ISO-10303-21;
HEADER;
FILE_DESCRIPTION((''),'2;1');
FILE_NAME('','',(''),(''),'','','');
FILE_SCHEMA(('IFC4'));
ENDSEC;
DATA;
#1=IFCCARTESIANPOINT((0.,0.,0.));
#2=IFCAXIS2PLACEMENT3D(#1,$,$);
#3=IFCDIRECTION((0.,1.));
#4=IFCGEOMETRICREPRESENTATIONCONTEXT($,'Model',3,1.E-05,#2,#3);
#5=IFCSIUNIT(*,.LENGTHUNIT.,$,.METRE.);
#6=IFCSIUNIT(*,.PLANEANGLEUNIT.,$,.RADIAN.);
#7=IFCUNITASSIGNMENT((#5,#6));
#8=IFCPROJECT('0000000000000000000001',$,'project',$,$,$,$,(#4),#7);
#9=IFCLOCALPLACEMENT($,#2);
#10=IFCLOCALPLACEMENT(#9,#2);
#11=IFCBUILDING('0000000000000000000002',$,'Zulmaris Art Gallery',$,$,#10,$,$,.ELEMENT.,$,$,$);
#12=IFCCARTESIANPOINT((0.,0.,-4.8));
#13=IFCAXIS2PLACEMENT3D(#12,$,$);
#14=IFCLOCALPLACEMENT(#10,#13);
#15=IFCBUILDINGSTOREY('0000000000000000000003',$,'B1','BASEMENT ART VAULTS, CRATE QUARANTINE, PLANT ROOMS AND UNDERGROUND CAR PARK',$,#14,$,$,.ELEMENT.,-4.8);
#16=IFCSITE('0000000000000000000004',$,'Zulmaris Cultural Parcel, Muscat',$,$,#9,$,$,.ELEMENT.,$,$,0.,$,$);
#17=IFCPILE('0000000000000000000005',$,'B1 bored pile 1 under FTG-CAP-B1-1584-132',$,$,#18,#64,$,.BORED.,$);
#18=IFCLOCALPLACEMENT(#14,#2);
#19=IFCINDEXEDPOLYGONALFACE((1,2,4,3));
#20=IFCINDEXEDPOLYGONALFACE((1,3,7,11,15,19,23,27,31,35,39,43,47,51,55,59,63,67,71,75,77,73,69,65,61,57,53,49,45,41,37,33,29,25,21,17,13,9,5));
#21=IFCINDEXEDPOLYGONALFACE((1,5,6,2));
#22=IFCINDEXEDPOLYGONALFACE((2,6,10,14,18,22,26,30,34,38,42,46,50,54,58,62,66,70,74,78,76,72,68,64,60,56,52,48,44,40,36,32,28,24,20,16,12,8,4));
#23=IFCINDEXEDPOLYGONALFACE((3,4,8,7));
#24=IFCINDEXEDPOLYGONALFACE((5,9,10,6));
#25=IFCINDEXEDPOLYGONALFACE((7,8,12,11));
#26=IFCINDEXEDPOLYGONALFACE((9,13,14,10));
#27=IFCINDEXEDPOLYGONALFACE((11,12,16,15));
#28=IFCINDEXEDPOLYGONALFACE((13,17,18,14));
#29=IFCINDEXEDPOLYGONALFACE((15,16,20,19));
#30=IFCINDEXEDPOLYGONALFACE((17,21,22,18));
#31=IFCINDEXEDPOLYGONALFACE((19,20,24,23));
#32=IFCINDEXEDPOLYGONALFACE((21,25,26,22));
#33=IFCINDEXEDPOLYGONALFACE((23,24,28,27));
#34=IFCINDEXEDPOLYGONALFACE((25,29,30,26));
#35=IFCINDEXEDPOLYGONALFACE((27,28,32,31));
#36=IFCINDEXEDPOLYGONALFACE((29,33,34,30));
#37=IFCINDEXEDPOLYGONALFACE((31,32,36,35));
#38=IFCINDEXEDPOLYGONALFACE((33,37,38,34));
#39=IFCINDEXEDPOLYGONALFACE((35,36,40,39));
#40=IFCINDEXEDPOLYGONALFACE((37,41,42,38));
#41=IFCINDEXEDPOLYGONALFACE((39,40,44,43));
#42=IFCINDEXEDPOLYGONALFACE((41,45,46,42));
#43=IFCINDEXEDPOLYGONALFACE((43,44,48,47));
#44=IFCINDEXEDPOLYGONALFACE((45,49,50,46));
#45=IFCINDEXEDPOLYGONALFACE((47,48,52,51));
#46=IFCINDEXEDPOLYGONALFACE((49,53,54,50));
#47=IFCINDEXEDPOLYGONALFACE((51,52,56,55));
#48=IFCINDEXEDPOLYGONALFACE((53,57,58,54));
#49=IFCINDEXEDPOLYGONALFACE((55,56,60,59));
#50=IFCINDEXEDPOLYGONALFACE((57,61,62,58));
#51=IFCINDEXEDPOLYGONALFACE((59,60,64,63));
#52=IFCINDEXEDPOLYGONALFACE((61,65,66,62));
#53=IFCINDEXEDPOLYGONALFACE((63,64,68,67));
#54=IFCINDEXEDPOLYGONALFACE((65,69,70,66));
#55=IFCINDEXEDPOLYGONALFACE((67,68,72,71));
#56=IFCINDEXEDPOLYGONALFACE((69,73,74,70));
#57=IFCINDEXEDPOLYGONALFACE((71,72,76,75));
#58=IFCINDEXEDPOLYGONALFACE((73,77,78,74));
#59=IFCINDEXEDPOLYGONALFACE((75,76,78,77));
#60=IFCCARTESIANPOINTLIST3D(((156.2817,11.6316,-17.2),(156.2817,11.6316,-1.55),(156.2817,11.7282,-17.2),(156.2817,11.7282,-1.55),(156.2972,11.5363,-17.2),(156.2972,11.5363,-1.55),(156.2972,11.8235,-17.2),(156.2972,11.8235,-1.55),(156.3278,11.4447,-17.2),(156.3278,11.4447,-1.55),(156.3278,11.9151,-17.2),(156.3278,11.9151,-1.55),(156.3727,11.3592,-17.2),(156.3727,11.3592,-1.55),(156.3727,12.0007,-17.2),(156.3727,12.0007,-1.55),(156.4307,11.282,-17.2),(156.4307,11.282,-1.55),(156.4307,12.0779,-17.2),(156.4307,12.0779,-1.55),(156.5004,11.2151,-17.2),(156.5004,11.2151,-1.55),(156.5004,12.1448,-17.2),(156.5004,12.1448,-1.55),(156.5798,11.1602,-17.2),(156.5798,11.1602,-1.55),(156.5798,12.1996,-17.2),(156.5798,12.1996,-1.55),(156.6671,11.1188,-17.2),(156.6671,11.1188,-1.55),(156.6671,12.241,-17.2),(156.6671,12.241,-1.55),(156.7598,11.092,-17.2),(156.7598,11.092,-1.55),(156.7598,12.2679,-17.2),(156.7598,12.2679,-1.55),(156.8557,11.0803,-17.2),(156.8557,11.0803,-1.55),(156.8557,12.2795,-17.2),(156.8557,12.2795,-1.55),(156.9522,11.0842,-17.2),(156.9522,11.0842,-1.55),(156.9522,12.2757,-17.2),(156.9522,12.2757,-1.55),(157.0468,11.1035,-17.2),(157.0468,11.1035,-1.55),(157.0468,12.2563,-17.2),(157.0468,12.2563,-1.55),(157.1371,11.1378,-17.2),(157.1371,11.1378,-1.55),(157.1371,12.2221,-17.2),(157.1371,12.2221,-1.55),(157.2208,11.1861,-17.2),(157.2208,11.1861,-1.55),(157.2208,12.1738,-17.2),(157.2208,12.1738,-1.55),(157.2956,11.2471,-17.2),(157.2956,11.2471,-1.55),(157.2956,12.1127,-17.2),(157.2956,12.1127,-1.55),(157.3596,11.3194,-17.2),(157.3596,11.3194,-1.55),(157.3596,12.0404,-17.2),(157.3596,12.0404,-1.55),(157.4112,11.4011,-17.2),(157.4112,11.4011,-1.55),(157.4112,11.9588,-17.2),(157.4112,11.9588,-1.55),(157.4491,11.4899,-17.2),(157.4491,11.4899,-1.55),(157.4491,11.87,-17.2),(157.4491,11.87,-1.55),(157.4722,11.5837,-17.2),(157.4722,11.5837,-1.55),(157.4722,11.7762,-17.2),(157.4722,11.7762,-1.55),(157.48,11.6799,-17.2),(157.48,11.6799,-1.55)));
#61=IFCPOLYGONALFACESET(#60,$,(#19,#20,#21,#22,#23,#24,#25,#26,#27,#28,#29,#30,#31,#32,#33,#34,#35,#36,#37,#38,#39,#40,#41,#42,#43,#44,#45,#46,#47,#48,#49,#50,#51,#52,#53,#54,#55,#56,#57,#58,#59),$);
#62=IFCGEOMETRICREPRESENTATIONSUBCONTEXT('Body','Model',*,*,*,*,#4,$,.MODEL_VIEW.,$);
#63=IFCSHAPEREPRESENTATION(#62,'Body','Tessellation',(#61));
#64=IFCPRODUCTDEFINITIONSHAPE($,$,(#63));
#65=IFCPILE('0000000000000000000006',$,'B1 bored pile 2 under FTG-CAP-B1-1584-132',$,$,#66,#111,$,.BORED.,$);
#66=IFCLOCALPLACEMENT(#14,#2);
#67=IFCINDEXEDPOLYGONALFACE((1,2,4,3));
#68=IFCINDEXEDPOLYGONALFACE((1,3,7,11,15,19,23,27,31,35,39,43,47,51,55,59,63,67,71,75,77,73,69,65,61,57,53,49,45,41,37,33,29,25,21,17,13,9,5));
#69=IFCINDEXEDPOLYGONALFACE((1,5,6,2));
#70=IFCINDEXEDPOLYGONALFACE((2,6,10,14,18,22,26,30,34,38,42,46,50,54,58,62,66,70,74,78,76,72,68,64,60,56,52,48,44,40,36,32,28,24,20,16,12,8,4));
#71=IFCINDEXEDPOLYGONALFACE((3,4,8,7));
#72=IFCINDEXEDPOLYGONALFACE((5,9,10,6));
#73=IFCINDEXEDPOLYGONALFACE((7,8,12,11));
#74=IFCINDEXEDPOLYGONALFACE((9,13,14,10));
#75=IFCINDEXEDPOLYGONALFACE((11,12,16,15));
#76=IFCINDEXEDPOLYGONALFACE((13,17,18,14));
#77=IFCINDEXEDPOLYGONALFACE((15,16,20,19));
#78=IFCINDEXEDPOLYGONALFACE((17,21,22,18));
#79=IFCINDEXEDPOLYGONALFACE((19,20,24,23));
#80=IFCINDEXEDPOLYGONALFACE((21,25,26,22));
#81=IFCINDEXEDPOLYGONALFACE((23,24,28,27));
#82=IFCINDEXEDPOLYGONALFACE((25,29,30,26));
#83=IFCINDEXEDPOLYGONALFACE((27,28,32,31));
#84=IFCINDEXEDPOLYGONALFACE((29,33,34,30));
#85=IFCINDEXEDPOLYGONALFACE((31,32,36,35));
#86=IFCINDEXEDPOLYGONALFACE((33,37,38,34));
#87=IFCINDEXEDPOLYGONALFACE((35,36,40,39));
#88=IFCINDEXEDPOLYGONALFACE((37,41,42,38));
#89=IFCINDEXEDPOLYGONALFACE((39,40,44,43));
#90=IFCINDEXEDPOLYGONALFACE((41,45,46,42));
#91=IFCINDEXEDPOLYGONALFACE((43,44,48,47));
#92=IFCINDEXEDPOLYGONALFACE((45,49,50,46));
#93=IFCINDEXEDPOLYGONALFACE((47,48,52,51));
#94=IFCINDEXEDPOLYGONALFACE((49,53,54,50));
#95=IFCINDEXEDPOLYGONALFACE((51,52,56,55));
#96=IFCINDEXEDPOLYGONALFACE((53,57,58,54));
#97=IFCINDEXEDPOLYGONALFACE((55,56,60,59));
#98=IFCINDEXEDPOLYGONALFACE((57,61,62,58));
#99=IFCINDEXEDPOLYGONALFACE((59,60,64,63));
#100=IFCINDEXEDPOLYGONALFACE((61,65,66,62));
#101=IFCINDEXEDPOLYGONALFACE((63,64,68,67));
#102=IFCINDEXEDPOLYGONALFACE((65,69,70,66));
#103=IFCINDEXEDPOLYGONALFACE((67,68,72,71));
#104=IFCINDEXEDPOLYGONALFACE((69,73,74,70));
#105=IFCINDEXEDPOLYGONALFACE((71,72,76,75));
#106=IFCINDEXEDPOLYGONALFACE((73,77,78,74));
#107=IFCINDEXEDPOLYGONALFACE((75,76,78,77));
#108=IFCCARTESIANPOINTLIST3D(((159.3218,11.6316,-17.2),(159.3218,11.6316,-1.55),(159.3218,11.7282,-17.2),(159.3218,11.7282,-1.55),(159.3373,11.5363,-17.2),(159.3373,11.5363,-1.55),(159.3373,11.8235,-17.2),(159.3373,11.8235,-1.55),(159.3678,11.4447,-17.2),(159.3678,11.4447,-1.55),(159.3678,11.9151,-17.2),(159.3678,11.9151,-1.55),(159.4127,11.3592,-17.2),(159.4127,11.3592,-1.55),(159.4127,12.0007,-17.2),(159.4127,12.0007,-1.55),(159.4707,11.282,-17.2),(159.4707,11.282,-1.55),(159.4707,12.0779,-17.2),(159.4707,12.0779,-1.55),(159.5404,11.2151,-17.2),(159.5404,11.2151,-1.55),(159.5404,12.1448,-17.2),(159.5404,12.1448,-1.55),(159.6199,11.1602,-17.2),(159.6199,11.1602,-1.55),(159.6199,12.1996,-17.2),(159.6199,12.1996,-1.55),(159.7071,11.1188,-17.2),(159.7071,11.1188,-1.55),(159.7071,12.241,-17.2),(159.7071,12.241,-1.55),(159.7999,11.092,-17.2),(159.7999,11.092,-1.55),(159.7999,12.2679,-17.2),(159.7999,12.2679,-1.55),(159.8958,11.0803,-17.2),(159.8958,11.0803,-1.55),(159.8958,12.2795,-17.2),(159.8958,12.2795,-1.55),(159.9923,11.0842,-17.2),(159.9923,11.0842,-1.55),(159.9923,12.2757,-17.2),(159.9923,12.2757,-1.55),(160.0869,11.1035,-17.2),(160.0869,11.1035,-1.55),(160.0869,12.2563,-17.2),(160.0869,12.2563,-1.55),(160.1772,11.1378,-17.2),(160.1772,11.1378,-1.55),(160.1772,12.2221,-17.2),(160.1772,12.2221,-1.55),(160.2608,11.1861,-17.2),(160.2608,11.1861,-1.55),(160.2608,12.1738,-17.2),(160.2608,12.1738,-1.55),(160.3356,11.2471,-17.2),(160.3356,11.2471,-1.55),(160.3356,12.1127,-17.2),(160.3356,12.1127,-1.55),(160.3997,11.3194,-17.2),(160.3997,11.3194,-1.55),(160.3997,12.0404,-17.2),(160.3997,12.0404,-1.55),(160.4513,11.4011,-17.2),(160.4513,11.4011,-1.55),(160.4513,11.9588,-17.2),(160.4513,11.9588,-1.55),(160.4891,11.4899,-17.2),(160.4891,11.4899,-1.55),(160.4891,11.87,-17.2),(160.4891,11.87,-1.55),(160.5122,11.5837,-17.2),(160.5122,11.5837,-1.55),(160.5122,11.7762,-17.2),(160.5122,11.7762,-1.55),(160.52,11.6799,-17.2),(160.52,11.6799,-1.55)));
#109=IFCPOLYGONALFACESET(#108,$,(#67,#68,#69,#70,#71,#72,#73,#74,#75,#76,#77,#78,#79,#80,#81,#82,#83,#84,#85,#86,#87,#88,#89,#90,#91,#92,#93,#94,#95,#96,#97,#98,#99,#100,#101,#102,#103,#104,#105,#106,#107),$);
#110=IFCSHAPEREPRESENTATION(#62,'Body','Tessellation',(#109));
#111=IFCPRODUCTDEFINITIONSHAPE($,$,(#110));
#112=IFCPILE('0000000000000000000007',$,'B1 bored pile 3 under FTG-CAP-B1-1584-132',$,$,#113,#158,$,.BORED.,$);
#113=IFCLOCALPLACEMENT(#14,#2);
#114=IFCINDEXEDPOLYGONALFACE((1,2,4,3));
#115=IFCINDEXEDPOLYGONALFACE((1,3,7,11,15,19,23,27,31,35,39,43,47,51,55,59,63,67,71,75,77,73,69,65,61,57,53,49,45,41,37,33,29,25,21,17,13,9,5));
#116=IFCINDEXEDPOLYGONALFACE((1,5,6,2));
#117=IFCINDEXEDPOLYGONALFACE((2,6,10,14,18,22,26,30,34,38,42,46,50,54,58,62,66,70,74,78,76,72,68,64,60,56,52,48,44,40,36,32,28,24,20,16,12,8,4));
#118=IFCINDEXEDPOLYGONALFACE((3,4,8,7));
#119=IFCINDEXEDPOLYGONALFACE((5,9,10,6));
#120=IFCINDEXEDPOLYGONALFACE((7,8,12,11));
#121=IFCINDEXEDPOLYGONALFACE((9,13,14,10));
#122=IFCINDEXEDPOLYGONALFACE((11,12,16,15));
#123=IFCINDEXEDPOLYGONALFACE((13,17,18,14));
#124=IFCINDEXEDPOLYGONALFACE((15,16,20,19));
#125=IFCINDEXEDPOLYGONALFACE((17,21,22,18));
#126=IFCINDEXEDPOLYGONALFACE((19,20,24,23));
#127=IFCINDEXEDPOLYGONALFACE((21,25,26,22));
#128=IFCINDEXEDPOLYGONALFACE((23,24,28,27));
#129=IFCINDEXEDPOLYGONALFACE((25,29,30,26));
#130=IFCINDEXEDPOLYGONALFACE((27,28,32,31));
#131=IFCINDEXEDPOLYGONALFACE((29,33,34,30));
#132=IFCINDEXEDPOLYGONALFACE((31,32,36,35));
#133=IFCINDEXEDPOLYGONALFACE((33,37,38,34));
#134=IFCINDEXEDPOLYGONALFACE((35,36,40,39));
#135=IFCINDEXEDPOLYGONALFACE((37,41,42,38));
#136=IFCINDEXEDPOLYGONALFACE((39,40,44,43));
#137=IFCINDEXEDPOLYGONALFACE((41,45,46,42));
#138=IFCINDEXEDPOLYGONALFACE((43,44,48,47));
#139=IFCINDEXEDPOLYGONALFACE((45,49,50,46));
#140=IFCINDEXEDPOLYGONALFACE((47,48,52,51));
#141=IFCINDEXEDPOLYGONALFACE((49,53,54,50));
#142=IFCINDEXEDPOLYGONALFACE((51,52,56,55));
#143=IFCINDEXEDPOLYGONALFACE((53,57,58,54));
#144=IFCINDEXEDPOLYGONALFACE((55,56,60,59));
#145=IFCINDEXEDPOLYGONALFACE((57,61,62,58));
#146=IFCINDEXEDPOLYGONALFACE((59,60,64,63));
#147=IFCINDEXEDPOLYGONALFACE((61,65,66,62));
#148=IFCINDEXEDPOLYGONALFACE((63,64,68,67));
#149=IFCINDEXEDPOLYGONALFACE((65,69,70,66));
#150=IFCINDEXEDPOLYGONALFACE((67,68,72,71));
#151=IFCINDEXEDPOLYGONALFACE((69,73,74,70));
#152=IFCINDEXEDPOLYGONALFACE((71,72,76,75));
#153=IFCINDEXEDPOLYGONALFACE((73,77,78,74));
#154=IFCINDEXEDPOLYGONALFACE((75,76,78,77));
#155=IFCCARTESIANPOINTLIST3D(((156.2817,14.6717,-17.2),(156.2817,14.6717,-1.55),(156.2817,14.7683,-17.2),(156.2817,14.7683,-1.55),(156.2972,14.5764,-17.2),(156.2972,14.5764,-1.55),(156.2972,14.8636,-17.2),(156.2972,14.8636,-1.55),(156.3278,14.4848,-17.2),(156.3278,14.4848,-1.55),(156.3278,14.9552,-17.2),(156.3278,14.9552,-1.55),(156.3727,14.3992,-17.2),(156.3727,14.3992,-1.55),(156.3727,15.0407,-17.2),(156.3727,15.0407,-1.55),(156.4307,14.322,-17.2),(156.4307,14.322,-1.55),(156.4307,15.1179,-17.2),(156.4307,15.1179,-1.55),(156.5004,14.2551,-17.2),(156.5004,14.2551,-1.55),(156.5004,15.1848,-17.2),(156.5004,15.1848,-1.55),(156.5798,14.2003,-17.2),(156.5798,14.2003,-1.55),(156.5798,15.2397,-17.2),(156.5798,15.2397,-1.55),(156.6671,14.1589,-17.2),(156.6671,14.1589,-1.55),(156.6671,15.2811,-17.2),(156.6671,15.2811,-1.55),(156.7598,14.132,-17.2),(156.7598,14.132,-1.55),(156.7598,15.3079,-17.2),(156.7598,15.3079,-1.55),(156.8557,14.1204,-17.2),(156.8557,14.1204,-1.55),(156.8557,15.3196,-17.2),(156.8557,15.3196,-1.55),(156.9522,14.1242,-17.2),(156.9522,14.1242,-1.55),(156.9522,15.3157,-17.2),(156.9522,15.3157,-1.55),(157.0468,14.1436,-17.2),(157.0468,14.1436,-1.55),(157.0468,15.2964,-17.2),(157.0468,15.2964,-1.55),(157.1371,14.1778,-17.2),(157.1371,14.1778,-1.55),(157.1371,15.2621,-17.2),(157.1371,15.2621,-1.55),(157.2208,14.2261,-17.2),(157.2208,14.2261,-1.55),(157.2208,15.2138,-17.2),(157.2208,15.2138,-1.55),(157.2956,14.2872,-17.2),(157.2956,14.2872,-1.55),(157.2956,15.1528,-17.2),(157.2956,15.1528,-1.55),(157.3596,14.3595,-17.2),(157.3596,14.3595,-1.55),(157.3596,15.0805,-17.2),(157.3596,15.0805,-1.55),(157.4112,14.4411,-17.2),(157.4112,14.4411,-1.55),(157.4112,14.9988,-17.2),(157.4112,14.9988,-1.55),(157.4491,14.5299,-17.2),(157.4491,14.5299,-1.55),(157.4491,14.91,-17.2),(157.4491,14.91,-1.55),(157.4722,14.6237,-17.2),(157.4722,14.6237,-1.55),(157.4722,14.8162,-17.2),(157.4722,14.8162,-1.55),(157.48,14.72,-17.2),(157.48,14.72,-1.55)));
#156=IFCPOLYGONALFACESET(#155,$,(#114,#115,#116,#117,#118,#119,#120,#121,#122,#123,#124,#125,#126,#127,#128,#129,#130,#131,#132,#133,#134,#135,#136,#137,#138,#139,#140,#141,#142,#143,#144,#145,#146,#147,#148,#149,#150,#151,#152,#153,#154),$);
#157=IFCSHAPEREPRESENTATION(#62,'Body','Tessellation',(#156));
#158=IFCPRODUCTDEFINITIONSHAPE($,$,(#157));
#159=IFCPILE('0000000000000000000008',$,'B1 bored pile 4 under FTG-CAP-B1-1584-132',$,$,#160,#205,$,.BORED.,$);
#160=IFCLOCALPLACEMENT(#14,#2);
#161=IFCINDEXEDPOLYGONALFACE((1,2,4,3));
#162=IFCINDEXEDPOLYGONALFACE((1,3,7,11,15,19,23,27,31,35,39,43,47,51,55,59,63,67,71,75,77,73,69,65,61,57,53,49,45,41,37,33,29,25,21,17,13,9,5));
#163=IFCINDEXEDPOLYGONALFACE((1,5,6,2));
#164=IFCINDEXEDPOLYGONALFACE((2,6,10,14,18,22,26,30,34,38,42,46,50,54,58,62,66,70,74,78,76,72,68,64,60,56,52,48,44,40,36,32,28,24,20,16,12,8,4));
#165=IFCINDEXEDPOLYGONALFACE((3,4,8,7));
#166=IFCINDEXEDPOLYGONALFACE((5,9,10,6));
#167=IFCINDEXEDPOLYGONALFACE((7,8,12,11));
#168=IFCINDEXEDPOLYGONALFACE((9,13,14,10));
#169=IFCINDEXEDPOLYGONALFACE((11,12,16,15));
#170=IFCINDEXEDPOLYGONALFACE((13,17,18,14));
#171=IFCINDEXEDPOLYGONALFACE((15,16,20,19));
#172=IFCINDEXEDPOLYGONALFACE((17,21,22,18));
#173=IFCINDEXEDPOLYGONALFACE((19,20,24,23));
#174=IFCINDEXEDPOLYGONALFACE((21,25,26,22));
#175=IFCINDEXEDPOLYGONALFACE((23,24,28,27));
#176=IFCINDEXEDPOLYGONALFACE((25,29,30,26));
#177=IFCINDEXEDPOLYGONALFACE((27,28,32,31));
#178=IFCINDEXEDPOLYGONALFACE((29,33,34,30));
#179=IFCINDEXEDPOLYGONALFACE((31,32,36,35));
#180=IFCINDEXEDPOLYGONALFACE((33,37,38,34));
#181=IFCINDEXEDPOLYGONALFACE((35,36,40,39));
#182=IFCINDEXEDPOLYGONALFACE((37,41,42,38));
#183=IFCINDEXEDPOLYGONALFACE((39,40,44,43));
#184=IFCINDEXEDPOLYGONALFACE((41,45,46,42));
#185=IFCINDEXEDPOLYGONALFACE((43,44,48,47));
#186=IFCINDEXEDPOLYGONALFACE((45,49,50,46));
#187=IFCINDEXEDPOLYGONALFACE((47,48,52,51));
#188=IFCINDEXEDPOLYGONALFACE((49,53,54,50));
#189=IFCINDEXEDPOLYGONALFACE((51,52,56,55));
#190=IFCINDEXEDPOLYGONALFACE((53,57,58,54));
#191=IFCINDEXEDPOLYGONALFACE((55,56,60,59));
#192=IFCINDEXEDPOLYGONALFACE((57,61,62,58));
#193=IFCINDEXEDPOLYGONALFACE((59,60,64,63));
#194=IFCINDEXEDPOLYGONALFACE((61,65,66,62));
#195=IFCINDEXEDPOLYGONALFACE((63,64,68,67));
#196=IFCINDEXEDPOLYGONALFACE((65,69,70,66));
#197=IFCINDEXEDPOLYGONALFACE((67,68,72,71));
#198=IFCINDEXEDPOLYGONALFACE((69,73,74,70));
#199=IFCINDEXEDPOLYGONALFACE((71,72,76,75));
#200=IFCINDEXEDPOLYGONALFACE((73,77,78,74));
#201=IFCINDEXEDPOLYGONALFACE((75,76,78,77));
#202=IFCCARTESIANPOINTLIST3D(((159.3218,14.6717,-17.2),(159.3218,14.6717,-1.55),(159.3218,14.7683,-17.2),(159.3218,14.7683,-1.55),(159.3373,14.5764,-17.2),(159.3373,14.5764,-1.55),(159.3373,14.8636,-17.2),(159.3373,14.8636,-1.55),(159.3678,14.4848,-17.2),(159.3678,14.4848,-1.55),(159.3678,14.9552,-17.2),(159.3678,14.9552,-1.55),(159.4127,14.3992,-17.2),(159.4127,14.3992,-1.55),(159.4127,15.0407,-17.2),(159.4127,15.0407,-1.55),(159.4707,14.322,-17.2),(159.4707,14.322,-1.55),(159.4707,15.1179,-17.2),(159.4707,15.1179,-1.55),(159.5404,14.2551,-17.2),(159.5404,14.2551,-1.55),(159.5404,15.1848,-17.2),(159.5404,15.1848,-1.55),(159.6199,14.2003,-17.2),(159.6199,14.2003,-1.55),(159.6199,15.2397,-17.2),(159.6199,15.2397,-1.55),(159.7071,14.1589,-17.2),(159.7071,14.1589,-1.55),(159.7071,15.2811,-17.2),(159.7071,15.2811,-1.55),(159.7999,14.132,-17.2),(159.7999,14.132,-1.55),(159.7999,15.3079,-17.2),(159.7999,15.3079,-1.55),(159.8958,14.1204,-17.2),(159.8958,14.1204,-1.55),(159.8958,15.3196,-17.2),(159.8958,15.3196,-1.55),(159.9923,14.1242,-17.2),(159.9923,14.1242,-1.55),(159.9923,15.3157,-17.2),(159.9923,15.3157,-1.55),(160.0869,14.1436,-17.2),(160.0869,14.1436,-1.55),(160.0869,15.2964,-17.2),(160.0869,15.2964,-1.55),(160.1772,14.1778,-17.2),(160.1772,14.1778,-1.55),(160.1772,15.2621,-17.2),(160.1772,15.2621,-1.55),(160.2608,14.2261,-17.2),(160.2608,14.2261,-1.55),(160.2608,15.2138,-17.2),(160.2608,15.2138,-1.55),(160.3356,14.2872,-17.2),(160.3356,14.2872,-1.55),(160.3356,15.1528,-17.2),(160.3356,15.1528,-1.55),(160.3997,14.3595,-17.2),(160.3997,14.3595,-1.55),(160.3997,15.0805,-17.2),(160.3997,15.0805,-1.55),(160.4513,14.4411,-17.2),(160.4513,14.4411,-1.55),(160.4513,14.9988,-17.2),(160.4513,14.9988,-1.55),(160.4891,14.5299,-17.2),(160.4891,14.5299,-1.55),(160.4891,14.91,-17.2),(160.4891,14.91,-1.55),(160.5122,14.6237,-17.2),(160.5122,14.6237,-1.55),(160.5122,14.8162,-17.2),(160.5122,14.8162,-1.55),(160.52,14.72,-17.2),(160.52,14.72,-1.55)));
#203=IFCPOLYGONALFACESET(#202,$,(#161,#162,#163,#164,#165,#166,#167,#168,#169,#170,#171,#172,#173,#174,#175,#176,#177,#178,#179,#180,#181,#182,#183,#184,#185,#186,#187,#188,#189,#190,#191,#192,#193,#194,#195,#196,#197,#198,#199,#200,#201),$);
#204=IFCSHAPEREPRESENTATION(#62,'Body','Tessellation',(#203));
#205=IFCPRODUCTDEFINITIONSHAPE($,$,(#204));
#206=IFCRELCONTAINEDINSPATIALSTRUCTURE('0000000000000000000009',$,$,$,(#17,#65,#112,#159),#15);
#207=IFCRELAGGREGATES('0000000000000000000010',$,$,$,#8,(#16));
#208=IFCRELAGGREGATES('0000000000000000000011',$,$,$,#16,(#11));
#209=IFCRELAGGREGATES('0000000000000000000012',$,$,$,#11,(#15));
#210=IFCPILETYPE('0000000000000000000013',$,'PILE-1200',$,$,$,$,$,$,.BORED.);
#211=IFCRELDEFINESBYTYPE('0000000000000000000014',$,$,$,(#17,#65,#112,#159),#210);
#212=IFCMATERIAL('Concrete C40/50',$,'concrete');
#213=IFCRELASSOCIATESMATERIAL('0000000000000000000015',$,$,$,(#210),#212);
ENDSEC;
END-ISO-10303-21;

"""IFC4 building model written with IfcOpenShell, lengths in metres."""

from ifc_helpers import new_model, si_unit, direction, frame, origin, origin_2d, place, context, subcontext, project, spatial, circle, extrude, material, material_profile, profile_set, type_object, element, save


model = new_model("IFC4")

# Units and contexts
model_context = context("Model", 3, precision=1e-05, world=origin(), true_north=direction((0.0, 1.0)))
body_context = subcontext(model_context, "Body", "Model", "MODEL_VIEW")
ifc_project = project(units=[si_unit("LENGTHUNIT", "METRE"), si_unit("PLANEANGLEUNIT", "RADIAN")], contexts=[model_context])

# Site, building, storey
site_placement = place(None, origin())
site = spatial("IfcSite", under=ifc_project, at=site_placement, Name="Zulmaris Cultural Parcel, Muscat", CompositionType="ELEMENT", RefElevation=0.0)
building_placement = place(site_placement, origin())
building = spatial("IfcBuilding", under=site, at=building_placement, Name="Zulmaris Art Gallery", CompositionType="ELEMENT")
storey_placement = place(building_placement, frame((0.0, 0.0, -4.8)))
storey = spatial("IfcBuildingStorey", under=building, at=storey_placement, Name="B1", Description="BASEMENT ART VAULTS, CRATE QUARANTINE, PLANT ROOMS AND UNDERGROUND CAR PARK", CompositionType="ELEMENT", Elevation=-4.8)

# Piles
ifc_material_1 = material(Name="Concrete C40/50", Category="concrete")
ifc_material_profile_1 = material_profile(ifc_material_1, circle(Radius=0.6001, at=origin_2d()), Name="PILE DIA 1200")
ifc_profile_set_1 = profile_set([ifc_material_profile_1], Name="Concrete C40/50")
pile_type = type_object("IfcPileType", Name="PILE-1200", PredefinedType="BORED", material=ifc_profile_set_1)
for number, where, z_axis, x_axis, name in (
    (1, (156.8799, 11.6799, -1.55), (0.0, 0.0, -1.0), (1.0, 0.0, 0.0), "B1 bored pile 1 under FTG-CAP-B1-1584-132"),
    (2, (159.9199, 11.6799, -1.55), (0.0, 0.0, -1.0), (1.0, 0.0, 0.0), "B1 bored pile 2 under FTG-CAP-B1-1584-132"),
    (3, (156.8799, 14.72, -1.55), (0.0, 0.0, -1.0), (1.0, 0.0, 0.0), "B1 bored pile 3 under FTG-CAP-B1-1584-132"),
    (4, (159.9199, 14.72, -1.55), (0.0, 0.0, -1.0), (1.0, 0.0, 0.0), "B1 bored pile 4 under FTG-CAP-B1-1584-132"),
):
    element("IfcPile", number, at=place(storey_placement, frame(where, z_axis=z_axis, x_axis=x_axis)), inside=storey, type_object=pile_type, Name=name, PredefinedType="BORED", context=body_context, shape_type="SweptSolid", body=[
        extrude(circle(Radius=0.6001, at=origin_2d()), origin(), (0.0, 0.0, 1.0), 15.6499),
    ])

save(model, "model.ifc")
